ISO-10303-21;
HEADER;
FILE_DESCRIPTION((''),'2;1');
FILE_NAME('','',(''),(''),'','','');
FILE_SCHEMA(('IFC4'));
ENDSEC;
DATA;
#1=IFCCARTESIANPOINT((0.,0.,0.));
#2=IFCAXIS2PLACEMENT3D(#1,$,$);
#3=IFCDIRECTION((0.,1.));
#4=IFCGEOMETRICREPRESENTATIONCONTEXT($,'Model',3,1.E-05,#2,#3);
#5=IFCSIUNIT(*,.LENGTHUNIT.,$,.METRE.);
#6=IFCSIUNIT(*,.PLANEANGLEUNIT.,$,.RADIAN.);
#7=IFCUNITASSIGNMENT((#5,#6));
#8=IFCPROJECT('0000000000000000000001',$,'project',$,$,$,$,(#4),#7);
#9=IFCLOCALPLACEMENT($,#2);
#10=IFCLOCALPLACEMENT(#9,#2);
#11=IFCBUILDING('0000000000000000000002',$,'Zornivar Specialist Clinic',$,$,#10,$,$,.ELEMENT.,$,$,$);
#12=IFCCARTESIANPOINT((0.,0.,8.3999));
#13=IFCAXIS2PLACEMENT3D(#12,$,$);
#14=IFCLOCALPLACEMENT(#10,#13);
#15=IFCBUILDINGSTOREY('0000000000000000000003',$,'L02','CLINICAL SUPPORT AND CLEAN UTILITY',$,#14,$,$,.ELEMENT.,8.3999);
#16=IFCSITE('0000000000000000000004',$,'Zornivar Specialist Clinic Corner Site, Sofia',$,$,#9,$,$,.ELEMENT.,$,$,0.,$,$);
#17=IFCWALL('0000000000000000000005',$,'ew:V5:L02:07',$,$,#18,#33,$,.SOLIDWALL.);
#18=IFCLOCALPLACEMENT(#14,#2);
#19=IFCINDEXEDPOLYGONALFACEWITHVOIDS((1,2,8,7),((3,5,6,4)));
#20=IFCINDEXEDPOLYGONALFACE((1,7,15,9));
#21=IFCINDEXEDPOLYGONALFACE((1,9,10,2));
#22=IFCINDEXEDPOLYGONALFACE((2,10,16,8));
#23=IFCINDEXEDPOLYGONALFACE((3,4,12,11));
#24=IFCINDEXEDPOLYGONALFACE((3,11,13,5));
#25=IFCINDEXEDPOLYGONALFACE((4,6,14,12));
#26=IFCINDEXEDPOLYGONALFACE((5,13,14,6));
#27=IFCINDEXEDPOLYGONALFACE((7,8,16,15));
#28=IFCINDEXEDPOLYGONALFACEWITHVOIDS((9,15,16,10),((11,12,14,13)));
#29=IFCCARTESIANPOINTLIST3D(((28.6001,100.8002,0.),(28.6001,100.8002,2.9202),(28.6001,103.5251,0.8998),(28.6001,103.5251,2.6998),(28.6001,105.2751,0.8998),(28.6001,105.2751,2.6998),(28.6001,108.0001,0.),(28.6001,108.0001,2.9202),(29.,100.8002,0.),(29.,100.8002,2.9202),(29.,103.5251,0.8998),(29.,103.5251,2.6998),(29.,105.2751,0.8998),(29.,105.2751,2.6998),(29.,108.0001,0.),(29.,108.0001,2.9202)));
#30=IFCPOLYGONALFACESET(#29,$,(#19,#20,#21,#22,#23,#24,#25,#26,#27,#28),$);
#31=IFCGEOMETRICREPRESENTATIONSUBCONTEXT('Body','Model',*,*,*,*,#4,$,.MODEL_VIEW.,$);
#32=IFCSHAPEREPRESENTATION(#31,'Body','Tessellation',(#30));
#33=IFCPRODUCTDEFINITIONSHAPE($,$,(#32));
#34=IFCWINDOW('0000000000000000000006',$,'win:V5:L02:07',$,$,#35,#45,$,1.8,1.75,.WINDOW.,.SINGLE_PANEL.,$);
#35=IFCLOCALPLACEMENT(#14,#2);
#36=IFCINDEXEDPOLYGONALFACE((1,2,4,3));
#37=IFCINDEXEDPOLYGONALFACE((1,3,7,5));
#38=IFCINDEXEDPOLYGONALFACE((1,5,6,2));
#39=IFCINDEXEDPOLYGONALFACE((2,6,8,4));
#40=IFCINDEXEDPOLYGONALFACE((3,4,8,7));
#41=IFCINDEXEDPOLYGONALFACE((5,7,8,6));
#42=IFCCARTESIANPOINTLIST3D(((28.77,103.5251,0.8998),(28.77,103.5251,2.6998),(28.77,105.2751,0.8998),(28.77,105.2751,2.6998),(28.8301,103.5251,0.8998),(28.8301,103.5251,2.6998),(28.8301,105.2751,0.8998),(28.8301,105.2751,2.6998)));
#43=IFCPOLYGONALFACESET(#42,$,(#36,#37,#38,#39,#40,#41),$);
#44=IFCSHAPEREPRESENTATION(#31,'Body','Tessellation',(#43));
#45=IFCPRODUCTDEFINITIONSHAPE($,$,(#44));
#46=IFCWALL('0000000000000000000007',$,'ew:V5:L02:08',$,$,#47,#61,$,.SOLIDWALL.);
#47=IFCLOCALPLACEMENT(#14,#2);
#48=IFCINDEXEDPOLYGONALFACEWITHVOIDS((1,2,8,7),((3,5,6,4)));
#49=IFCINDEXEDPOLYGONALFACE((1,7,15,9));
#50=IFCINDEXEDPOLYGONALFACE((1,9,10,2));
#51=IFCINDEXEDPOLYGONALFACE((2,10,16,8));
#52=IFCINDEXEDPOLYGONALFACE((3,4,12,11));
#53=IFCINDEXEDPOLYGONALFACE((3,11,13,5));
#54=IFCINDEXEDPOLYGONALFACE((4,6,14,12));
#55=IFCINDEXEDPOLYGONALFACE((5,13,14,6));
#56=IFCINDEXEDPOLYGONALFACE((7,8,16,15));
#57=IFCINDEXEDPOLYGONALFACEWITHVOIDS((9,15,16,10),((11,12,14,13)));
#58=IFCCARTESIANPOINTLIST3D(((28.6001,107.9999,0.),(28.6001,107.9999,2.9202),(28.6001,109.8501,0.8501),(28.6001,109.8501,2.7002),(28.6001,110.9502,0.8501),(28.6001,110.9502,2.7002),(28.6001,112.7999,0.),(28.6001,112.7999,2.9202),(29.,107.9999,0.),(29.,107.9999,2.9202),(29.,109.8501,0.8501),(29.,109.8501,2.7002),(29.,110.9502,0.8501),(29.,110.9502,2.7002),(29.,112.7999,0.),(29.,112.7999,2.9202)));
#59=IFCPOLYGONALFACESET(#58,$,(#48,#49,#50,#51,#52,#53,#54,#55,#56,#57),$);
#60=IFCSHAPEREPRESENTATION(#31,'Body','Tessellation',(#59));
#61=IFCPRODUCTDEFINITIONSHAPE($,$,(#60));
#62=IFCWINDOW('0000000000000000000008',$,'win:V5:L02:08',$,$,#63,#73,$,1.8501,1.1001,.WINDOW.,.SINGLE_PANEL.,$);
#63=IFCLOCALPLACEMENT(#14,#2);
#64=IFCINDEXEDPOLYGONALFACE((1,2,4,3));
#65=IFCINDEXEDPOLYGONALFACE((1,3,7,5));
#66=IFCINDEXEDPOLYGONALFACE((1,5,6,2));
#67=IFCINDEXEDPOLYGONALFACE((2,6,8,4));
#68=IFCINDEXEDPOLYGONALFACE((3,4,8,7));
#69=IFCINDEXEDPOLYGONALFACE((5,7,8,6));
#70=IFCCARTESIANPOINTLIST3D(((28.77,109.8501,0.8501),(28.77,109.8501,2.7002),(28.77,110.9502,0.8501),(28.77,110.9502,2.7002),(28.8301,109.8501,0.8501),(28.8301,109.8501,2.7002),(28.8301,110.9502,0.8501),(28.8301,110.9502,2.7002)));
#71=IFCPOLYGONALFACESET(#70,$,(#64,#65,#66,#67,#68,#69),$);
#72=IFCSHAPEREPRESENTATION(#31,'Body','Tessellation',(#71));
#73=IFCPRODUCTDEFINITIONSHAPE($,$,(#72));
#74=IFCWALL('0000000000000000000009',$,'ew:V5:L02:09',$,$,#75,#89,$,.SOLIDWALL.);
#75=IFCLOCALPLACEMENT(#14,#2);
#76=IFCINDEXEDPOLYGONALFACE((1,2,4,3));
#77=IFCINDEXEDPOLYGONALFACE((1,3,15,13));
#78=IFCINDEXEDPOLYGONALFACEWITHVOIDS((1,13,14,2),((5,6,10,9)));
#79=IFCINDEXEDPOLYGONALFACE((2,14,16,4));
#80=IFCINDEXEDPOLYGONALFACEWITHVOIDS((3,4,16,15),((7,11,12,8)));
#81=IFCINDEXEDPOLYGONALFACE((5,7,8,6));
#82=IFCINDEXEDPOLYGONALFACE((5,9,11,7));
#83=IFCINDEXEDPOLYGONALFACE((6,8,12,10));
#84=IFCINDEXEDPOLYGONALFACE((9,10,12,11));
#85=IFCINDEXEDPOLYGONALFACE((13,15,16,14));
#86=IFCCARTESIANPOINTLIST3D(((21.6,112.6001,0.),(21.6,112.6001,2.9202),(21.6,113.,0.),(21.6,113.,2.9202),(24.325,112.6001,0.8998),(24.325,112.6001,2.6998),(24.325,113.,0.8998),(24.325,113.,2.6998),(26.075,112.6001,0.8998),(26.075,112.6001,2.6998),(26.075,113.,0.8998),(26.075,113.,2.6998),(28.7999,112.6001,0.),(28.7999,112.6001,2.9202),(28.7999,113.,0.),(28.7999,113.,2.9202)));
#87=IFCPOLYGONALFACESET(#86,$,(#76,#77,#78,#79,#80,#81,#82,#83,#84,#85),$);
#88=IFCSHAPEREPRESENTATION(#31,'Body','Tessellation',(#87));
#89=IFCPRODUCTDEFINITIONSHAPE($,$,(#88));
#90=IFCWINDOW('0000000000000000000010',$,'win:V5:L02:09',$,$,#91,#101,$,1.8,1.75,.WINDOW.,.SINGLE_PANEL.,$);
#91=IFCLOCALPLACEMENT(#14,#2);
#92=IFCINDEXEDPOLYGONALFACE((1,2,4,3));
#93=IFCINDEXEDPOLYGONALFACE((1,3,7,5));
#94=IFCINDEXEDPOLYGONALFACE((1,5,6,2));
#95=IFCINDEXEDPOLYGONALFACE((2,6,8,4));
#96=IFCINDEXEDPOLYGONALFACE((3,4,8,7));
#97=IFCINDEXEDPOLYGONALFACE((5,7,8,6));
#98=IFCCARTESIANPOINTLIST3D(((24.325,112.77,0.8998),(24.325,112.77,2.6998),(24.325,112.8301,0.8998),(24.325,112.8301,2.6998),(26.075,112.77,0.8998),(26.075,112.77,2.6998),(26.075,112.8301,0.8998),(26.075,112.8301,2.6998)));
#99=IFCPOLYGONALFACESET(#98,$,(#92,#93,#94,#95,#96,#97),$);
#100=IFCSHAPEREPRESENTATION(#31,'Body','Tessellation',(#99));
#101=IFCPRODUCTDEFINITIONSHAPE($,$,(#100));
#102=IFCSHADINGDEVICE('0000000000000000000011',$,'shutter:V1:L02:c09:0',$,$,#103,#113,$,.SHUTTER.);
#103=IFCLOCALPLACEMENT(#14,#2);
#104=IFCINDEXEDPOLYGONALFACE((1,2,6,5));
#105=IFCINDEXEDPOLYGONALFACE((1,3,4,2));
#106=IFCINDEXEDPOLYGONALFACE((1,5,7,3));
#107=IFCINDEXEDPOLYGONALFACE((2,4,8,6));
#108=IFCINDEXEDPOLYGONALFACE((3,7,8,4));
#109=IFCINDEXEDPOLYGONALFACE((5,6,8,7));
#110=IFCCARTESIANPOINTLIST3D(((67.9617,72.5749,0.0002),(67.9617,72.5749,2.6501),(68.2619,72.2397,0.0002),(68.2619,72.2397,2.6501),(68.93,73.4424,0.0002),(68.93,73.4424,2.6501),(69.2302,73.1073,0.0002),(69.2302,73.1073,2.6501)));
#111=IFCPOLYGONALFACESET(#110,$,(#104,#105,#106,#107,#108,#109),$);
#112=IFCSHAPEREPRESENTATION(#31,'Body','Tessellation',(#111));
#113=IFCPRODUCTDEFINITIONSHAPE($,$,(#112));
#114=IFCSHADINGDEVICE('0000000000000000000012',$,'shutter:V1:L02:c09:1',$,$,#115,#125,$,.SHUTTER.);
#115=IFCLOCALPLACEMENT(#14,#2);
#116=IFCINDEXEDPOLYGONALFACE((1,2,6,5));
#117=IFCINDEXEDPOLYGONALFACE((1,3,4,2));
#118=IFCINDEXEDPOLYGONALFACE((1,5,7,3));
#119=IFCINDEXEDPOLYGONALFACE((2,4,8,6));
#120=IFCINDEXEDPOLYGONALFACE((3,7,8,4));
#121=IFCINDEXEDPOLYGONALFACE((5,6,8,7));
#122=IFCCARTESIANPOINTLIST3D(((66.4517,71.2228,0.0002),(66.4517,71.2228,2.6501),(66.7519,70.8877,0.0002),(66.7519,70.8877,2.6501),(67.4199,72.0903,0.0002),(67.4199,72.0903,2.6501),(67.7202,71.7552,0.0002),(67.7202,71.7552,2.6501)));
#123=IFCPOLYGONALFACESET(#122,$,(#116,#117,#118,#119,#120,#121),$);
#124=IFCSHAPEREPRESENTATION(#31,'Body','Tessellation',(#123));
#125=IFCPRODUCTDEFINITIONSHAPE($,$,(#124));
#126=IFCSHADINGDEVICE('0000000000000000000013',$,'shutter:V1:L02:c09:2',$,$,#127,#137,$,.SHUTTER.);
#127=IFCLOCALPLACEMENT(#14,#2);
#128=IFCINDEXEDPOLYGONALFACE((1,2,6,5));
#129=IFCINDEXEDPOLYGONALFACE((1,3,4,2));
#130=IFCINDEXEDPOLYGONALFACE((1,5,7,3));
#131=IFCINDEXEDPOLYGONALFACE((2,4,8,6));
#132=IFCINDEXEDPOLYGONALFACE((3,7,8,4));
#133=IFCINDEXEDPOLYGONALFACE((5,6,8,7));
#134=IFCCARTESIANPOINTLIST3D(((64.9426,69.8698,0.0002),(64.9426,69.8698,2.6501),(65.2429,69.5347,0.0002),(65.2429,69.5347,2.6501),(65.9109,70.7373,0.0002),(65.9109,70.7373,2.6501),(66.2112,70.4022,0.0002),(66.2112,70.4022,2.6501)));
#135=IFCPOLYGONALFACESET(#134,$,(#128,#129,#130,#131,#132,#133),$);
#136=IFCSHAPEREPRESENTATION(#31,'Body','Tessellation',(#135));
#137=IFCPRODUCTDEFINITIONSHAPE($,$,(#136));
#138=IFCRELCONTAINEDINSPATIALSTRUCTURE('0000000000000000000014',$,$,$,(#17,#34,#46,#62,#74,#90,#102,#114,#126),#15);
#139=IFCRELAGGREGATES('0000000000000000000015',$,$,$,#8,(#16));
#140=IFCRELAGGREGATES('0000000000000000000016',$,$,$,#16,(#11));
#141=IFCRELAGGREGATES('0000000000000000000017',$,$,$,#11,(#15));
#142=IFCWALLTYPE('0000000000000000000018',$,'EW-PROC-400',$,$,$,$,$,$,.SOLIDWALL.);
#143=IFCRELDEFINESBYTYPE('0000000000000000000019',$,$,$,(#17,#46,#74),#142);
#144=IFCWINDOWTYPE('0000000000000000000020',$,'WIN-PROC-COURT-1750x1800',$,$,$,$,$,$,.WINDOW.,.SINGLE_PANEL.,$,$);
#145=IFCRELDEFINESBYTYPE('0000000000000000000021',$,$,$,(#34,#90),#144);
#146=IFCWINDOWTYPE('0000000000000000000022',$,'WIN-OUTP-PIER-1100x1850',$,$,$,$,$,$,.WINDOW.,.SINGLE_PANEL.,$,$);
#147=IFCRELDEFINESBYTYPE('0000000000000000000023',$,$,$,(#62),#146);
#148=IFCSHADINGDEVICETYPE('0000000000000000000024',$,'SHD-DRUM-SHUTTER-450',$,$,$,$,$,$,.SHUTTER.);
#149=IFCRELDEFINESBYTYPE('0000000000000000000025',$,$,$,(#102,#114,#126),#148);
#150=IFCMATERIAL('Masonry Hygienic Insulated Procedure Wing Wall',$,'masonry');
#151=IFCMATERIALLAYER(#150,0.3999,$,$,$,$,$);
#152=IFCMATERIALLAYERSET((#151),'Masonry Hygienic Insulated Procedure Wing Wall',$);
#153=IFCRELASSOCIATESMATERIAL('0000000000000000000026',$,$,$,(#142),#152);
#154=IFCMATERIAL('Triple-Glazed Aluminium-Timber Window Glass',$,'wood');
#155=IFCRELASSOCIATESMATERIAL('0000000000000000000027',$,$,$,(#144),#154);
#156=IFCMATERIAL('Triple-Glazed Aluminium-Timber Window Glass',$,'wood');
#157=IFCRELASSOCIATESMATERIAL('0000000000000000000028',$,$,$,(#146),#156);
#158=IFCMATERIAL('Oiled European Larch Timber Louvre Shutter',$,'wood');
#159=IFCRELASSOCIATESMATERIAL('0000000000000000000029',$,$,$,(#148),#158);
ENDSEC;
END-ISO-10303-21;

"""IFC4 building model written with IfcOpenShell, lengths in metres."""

from ifc_helpers import new_model, si_unit, direction, frame, frame_2d, origin, origin_2d, place, context, subcontext, project, spatial, rectangle, extrude, material, layer, layer_set, type_object, element, fill, save


model = new_model("IFC4")

# Units and contexts
model_context = context("Model", 3, precision=1e-05, world=origin(), true_north=direction((0.0, 1.0)))
body_context = subcontext(model_context, "Body", "Model", "MODEL_VIEW")
ifc_project = project(units=[si_unit("LENGTHUNIT", "METRE"), si_unit("PLANEANGLEUNIT", "RADIAN")], contexts=[model_context])

# Site, building, storey
site_placement = place(None, origin())
site = spatial("IfcSite", under=ifc_project, at=site_placement, Name="Zornivar Specialist Clinic Corner Site, Sofia", CompositionType="ELEMENT", RefElevation=0.0)
building_placement = place(site_placement, origin())
building = spatial("IfcBuilding", under=site, at=building_placement, Name="Zornivar Specialist Clinic", CompositionType="ELEMENT")
storey_placement = place(building_placement, frame((0.0, 0.0, 8.3999)))
storey = spatial("IfcBuildingStorey", under=building, at=storey_placement, Name="L02", Description="CLINICAL SUPPORT AND CLEAN UTILITY", CompositionType="ELEMENT", Elevation=8.3999)

# Walls, openings, windows
ifc_material_1 = material(Name="Masonry Hygienic Insulated Procedure Wing Wall", Category="masonry")
ifc_layer_1 = layer(ifc_material_1, 0.3999)
ifc_layer_set_1 = layer_set([ifc_layer_1], Name="Masonry Hygienic Insulated Procedure Wing Wall")
wall_type = type_object("IfcWallType", Name="EW-PROC-400", PredefinedType="SOLIDWALL", material=ifc_layer_set_1)
ifc_material_2 = material(Name="Triple-Glazed Aluminium-Timber Window Glass", Category="wood")
window_type_1 = type_object("IfcWindowType", Name="WIN-PROC-COURT-1750x1800", PartitioningType="SINGLE_PANEL", PredefinedType="WINDOW", material=ifc_material_2)
wall_1_placement = place(storey_placement, frame((28.8, 100.8, 0.0), z_axis=(0.0, 0.0, 1.0), x_axis=(0.0, 1.0, 0.0)))
wall_1 = element("IfcWall", 1, at=wall_1_placement, inside=storey, type_object=wall_type, Name="ew:V5:L02:07", PredefinedType="SOLIDWALL", context=body_context, shape_type="SweptSolid", body=[
    extrude(rectangle(XDim=7.2, YDim=0.3999, at=frame_2d((3.6001, 0.0))), origin(), (0.0, 0.0, 1.0), 2.9202),
])
opening_1_placement = place(wall_1_placement, frame((2.7251, 0.0, 0.8999)))
opening_1 = element("IfcOpeningElement", 2, at=opening_1_placement, cuts=wall_1, PredefinedType="OPENING", context=body_context, shape_type="SweptSolid", body=[
    extrude(rectangle(XDim=1.75, YDim=1.8, at=frame_2d((0.875, 0.8999))), frame((0.0, 0.21, 0.0), z_axis=(0.0, -1.0, 0.0), x_axis=(1.0, 0.0, 0.0)), (0.0, 0.0, 1.0), 0.4199),
])
window_1_placement = place(opening_1_placement, origin())
window_1 = element("IfcWindow", 3, at=window_1_placement, inside=storey, type_object=window_type_1, Name="win:V5:L02:07", OverallHeight=1.8, OverallWidth=1.75, PartitioningType="SINGLE_PANEL", PredefinedType="WINDOW", context=body_context, shape_type="SweptSolid", body=[
    extrude(rectangle(XDim=1.75, YDim=1.8, at=frame_2d((0.875, 0.8999))), frame((0.0, 0.03, 0.0), z_axis=(0.0, -1.0, 0.0), x_axis=(1.0, 0.0, 0.0)), (0.0, 0.0, 1.0), 0.0601),
])
fill(opening_1, window_1)
wall_2_placement = place(storey_placement, frame((28.8, 108.0, 0.0), z_axis=(0.0, 0.0, 1.0), x_axis=(0.0, 1.0, 0.0)))
wall_2 = element("IfcWall", 4, at=wall_2_placement, inside=storey, type_object=wall_type, Name="ew:V5:L02:08", PredefinedType="SOLIDWALL", context=body_context, shape_type="SweptSolid", body=[
    extrude(rectangle(XDim=4.8, YDim=0.3999, at=frame_2d((2.3999, 0.0))), origin(), (0.0, 0.0, 1.0), 2.9202),
])
opening_2_placement = place(wall_2_placement, frame((1.8501, 0.0, 0.8501)))
opening_2 = element("IfcOpeningElement", 5, at=opening_2_placement, cuts=wall_2, PredefinedType="OPENING", context=body_context, shape_type="SweptSolid", body=[
    extrude(rectangle(XDim=1.1001, YDim=1.8501, at=frame_2d((0.55, 0.925))), frame((0.0, 0.21, 0.0), z_axis=(0.0, -1.0, 0.0), x_axis=(1.0, 0.0, 0.0)), (0.0, 0.0, 1.0), 0.4199),
])
ifc_material_3 = material(Name="Triple-Glazed Aluminium-Timber Window Glass", Category="wood")
window_type_2 = type_object("IfcWindowType", Name="WIN-OUTP-PIER-1100x1850", PartitioningType="SINGLE_PANEL", PredefinedType="WINDOW", material=ifc_material_3)
window_2_placement = place(opening_2_placement, origin())
window_2 = element("IfcWindow", 6, at=window_2_placement, inside=storey, type_object=window_type_2, Name="win:V5:L02:08", OverallHeight=1.8501, OverallWidth=1.1001, PartitioningType="SINGLE_PANEL", PredefinedType="WINDOW", context=body_context, shape_type="SweptSolid", body=[
    extrude(rectangle(XDim=1.1001, YDim=1.8501, at=frame_2d((0.55, 0.925))), frame((0.0, 0.03, 0.0), z_axis=(0.0, -1.0, 0.0), x_axis=(1.0, 0.0, 0.0)), (0.0, 0.0, 1.0), 0.0601),
])
fill(opening_2, window_2)
wall_3_placement = place(storey_placement, frame((28.8, 112.8, 0.0), z_axis=(0.0, 0.0, 1.0), x_axis=(-1.0, 0.0, 0.0)))
wall_3 = element("IfcWall", 7, at=wall_3_placement, inside=storey, type_object=wall_type, Name="ew:V5:L02:09", PredefinedType="SOLIDWALL", context=body_context, shape_type="SweptSolid", body=[
    extrude(rectangle(XDim=7.2, YDim=0.3999, at=frame_2d((3.6001, 0.0))), origin(), (0.0, 0.0, 1.0), 2.9202),
])
opening_3_placement = place(wall_3_placement, frame((2.7251, 0.0, 0.8999)))
opening_3 = element("IfcOpeningElement", 8, at=opening_3_placement, cuts=wall_3, PredefinedType="OPENING", context=body_context, shape_type="SweptSolid", body=[
    extrude(rectangle(XDim=1.75, YDim=1.8, at=frame_2d((0.875, 0.8999))), frame((0.0, 0.21, 0.0), z_axis=(0.0, -1.0, 0.0), x_axis=(1.0, 0.0, 0.0)), (0.0, 0.0, 1.0), 0.4199),
])
window_3_placement = place(opening_3_placement, origin())
window_3 = element("IfcWindow", 9, at=window_3_placement, inside=storey, type_object=window_type_1, Name="win:V5:L02:09", OverallHeight=1.8, OverallWidth=1.75, PartitioningType="SINGLE_PANEL", PredefinedType="WINDOW", context=body_context, shape_type="SweptSolid", body=[
    extrude(rectangle(XDim=1.75, YDim=1.8, at=frame_2d((0.875, 0.8999))), frame((0.0, 0.03, 0.0), z_axis=(0.0, -1.0, 0.0), x_axis=(1.0, 0.0, 0.0)), (0.0, 0.0, 1.0), 0.0601),
])
fill(opening_3, window_3)

# Shading devices
ifc_material_4 = material(Name="Oiled European Larch Timber Louvre Shutter", Category="wood")
shading_device_type = type_object("IfcShadingDeviceType", Name="SHD-DRUM-SHUTTER-450", PredefinedType="SHUTTER", material=ifc_material_4)
for number, where, z_axis, x_axis, name in (
    (10, (68.5959, 72.8411, 0.0002), (0.0, 0.0, 1.0), (-0.744797, -0.667291, 0.0), "shutter:V1:L02:c09:0"),
    (11, (67.0859, 71.489, 0.0002), (0.0, 0.0, 1.0), (-0.744797, -0.667291, 0.0), "shutter:V1:L02:c09:1"),
    (12, (65.5769, 70.136, 0.0002), (0.0, 0.0, 1.0), (-0.744797, -0.667291, 0.0), "shutter:V1:L02:c09:2"),
):
    element("IfcShadingDevice", number, at=place(storey_placement, frame(where, z_axis=z_axis, x_axis=x_axis)), inside=storey, type_object=shading_device_type, Name=name, PredefinedType="SHUTTER", context=body_context, shape_type="SweptSolid", body=[
        extrude(rectangle(XDim=1.3, YDim=0.45, at=origin_2d()), origin(), (0.0, 0.0, 1.0), 2.6499),
    ])

save(model, "model.ifc")
